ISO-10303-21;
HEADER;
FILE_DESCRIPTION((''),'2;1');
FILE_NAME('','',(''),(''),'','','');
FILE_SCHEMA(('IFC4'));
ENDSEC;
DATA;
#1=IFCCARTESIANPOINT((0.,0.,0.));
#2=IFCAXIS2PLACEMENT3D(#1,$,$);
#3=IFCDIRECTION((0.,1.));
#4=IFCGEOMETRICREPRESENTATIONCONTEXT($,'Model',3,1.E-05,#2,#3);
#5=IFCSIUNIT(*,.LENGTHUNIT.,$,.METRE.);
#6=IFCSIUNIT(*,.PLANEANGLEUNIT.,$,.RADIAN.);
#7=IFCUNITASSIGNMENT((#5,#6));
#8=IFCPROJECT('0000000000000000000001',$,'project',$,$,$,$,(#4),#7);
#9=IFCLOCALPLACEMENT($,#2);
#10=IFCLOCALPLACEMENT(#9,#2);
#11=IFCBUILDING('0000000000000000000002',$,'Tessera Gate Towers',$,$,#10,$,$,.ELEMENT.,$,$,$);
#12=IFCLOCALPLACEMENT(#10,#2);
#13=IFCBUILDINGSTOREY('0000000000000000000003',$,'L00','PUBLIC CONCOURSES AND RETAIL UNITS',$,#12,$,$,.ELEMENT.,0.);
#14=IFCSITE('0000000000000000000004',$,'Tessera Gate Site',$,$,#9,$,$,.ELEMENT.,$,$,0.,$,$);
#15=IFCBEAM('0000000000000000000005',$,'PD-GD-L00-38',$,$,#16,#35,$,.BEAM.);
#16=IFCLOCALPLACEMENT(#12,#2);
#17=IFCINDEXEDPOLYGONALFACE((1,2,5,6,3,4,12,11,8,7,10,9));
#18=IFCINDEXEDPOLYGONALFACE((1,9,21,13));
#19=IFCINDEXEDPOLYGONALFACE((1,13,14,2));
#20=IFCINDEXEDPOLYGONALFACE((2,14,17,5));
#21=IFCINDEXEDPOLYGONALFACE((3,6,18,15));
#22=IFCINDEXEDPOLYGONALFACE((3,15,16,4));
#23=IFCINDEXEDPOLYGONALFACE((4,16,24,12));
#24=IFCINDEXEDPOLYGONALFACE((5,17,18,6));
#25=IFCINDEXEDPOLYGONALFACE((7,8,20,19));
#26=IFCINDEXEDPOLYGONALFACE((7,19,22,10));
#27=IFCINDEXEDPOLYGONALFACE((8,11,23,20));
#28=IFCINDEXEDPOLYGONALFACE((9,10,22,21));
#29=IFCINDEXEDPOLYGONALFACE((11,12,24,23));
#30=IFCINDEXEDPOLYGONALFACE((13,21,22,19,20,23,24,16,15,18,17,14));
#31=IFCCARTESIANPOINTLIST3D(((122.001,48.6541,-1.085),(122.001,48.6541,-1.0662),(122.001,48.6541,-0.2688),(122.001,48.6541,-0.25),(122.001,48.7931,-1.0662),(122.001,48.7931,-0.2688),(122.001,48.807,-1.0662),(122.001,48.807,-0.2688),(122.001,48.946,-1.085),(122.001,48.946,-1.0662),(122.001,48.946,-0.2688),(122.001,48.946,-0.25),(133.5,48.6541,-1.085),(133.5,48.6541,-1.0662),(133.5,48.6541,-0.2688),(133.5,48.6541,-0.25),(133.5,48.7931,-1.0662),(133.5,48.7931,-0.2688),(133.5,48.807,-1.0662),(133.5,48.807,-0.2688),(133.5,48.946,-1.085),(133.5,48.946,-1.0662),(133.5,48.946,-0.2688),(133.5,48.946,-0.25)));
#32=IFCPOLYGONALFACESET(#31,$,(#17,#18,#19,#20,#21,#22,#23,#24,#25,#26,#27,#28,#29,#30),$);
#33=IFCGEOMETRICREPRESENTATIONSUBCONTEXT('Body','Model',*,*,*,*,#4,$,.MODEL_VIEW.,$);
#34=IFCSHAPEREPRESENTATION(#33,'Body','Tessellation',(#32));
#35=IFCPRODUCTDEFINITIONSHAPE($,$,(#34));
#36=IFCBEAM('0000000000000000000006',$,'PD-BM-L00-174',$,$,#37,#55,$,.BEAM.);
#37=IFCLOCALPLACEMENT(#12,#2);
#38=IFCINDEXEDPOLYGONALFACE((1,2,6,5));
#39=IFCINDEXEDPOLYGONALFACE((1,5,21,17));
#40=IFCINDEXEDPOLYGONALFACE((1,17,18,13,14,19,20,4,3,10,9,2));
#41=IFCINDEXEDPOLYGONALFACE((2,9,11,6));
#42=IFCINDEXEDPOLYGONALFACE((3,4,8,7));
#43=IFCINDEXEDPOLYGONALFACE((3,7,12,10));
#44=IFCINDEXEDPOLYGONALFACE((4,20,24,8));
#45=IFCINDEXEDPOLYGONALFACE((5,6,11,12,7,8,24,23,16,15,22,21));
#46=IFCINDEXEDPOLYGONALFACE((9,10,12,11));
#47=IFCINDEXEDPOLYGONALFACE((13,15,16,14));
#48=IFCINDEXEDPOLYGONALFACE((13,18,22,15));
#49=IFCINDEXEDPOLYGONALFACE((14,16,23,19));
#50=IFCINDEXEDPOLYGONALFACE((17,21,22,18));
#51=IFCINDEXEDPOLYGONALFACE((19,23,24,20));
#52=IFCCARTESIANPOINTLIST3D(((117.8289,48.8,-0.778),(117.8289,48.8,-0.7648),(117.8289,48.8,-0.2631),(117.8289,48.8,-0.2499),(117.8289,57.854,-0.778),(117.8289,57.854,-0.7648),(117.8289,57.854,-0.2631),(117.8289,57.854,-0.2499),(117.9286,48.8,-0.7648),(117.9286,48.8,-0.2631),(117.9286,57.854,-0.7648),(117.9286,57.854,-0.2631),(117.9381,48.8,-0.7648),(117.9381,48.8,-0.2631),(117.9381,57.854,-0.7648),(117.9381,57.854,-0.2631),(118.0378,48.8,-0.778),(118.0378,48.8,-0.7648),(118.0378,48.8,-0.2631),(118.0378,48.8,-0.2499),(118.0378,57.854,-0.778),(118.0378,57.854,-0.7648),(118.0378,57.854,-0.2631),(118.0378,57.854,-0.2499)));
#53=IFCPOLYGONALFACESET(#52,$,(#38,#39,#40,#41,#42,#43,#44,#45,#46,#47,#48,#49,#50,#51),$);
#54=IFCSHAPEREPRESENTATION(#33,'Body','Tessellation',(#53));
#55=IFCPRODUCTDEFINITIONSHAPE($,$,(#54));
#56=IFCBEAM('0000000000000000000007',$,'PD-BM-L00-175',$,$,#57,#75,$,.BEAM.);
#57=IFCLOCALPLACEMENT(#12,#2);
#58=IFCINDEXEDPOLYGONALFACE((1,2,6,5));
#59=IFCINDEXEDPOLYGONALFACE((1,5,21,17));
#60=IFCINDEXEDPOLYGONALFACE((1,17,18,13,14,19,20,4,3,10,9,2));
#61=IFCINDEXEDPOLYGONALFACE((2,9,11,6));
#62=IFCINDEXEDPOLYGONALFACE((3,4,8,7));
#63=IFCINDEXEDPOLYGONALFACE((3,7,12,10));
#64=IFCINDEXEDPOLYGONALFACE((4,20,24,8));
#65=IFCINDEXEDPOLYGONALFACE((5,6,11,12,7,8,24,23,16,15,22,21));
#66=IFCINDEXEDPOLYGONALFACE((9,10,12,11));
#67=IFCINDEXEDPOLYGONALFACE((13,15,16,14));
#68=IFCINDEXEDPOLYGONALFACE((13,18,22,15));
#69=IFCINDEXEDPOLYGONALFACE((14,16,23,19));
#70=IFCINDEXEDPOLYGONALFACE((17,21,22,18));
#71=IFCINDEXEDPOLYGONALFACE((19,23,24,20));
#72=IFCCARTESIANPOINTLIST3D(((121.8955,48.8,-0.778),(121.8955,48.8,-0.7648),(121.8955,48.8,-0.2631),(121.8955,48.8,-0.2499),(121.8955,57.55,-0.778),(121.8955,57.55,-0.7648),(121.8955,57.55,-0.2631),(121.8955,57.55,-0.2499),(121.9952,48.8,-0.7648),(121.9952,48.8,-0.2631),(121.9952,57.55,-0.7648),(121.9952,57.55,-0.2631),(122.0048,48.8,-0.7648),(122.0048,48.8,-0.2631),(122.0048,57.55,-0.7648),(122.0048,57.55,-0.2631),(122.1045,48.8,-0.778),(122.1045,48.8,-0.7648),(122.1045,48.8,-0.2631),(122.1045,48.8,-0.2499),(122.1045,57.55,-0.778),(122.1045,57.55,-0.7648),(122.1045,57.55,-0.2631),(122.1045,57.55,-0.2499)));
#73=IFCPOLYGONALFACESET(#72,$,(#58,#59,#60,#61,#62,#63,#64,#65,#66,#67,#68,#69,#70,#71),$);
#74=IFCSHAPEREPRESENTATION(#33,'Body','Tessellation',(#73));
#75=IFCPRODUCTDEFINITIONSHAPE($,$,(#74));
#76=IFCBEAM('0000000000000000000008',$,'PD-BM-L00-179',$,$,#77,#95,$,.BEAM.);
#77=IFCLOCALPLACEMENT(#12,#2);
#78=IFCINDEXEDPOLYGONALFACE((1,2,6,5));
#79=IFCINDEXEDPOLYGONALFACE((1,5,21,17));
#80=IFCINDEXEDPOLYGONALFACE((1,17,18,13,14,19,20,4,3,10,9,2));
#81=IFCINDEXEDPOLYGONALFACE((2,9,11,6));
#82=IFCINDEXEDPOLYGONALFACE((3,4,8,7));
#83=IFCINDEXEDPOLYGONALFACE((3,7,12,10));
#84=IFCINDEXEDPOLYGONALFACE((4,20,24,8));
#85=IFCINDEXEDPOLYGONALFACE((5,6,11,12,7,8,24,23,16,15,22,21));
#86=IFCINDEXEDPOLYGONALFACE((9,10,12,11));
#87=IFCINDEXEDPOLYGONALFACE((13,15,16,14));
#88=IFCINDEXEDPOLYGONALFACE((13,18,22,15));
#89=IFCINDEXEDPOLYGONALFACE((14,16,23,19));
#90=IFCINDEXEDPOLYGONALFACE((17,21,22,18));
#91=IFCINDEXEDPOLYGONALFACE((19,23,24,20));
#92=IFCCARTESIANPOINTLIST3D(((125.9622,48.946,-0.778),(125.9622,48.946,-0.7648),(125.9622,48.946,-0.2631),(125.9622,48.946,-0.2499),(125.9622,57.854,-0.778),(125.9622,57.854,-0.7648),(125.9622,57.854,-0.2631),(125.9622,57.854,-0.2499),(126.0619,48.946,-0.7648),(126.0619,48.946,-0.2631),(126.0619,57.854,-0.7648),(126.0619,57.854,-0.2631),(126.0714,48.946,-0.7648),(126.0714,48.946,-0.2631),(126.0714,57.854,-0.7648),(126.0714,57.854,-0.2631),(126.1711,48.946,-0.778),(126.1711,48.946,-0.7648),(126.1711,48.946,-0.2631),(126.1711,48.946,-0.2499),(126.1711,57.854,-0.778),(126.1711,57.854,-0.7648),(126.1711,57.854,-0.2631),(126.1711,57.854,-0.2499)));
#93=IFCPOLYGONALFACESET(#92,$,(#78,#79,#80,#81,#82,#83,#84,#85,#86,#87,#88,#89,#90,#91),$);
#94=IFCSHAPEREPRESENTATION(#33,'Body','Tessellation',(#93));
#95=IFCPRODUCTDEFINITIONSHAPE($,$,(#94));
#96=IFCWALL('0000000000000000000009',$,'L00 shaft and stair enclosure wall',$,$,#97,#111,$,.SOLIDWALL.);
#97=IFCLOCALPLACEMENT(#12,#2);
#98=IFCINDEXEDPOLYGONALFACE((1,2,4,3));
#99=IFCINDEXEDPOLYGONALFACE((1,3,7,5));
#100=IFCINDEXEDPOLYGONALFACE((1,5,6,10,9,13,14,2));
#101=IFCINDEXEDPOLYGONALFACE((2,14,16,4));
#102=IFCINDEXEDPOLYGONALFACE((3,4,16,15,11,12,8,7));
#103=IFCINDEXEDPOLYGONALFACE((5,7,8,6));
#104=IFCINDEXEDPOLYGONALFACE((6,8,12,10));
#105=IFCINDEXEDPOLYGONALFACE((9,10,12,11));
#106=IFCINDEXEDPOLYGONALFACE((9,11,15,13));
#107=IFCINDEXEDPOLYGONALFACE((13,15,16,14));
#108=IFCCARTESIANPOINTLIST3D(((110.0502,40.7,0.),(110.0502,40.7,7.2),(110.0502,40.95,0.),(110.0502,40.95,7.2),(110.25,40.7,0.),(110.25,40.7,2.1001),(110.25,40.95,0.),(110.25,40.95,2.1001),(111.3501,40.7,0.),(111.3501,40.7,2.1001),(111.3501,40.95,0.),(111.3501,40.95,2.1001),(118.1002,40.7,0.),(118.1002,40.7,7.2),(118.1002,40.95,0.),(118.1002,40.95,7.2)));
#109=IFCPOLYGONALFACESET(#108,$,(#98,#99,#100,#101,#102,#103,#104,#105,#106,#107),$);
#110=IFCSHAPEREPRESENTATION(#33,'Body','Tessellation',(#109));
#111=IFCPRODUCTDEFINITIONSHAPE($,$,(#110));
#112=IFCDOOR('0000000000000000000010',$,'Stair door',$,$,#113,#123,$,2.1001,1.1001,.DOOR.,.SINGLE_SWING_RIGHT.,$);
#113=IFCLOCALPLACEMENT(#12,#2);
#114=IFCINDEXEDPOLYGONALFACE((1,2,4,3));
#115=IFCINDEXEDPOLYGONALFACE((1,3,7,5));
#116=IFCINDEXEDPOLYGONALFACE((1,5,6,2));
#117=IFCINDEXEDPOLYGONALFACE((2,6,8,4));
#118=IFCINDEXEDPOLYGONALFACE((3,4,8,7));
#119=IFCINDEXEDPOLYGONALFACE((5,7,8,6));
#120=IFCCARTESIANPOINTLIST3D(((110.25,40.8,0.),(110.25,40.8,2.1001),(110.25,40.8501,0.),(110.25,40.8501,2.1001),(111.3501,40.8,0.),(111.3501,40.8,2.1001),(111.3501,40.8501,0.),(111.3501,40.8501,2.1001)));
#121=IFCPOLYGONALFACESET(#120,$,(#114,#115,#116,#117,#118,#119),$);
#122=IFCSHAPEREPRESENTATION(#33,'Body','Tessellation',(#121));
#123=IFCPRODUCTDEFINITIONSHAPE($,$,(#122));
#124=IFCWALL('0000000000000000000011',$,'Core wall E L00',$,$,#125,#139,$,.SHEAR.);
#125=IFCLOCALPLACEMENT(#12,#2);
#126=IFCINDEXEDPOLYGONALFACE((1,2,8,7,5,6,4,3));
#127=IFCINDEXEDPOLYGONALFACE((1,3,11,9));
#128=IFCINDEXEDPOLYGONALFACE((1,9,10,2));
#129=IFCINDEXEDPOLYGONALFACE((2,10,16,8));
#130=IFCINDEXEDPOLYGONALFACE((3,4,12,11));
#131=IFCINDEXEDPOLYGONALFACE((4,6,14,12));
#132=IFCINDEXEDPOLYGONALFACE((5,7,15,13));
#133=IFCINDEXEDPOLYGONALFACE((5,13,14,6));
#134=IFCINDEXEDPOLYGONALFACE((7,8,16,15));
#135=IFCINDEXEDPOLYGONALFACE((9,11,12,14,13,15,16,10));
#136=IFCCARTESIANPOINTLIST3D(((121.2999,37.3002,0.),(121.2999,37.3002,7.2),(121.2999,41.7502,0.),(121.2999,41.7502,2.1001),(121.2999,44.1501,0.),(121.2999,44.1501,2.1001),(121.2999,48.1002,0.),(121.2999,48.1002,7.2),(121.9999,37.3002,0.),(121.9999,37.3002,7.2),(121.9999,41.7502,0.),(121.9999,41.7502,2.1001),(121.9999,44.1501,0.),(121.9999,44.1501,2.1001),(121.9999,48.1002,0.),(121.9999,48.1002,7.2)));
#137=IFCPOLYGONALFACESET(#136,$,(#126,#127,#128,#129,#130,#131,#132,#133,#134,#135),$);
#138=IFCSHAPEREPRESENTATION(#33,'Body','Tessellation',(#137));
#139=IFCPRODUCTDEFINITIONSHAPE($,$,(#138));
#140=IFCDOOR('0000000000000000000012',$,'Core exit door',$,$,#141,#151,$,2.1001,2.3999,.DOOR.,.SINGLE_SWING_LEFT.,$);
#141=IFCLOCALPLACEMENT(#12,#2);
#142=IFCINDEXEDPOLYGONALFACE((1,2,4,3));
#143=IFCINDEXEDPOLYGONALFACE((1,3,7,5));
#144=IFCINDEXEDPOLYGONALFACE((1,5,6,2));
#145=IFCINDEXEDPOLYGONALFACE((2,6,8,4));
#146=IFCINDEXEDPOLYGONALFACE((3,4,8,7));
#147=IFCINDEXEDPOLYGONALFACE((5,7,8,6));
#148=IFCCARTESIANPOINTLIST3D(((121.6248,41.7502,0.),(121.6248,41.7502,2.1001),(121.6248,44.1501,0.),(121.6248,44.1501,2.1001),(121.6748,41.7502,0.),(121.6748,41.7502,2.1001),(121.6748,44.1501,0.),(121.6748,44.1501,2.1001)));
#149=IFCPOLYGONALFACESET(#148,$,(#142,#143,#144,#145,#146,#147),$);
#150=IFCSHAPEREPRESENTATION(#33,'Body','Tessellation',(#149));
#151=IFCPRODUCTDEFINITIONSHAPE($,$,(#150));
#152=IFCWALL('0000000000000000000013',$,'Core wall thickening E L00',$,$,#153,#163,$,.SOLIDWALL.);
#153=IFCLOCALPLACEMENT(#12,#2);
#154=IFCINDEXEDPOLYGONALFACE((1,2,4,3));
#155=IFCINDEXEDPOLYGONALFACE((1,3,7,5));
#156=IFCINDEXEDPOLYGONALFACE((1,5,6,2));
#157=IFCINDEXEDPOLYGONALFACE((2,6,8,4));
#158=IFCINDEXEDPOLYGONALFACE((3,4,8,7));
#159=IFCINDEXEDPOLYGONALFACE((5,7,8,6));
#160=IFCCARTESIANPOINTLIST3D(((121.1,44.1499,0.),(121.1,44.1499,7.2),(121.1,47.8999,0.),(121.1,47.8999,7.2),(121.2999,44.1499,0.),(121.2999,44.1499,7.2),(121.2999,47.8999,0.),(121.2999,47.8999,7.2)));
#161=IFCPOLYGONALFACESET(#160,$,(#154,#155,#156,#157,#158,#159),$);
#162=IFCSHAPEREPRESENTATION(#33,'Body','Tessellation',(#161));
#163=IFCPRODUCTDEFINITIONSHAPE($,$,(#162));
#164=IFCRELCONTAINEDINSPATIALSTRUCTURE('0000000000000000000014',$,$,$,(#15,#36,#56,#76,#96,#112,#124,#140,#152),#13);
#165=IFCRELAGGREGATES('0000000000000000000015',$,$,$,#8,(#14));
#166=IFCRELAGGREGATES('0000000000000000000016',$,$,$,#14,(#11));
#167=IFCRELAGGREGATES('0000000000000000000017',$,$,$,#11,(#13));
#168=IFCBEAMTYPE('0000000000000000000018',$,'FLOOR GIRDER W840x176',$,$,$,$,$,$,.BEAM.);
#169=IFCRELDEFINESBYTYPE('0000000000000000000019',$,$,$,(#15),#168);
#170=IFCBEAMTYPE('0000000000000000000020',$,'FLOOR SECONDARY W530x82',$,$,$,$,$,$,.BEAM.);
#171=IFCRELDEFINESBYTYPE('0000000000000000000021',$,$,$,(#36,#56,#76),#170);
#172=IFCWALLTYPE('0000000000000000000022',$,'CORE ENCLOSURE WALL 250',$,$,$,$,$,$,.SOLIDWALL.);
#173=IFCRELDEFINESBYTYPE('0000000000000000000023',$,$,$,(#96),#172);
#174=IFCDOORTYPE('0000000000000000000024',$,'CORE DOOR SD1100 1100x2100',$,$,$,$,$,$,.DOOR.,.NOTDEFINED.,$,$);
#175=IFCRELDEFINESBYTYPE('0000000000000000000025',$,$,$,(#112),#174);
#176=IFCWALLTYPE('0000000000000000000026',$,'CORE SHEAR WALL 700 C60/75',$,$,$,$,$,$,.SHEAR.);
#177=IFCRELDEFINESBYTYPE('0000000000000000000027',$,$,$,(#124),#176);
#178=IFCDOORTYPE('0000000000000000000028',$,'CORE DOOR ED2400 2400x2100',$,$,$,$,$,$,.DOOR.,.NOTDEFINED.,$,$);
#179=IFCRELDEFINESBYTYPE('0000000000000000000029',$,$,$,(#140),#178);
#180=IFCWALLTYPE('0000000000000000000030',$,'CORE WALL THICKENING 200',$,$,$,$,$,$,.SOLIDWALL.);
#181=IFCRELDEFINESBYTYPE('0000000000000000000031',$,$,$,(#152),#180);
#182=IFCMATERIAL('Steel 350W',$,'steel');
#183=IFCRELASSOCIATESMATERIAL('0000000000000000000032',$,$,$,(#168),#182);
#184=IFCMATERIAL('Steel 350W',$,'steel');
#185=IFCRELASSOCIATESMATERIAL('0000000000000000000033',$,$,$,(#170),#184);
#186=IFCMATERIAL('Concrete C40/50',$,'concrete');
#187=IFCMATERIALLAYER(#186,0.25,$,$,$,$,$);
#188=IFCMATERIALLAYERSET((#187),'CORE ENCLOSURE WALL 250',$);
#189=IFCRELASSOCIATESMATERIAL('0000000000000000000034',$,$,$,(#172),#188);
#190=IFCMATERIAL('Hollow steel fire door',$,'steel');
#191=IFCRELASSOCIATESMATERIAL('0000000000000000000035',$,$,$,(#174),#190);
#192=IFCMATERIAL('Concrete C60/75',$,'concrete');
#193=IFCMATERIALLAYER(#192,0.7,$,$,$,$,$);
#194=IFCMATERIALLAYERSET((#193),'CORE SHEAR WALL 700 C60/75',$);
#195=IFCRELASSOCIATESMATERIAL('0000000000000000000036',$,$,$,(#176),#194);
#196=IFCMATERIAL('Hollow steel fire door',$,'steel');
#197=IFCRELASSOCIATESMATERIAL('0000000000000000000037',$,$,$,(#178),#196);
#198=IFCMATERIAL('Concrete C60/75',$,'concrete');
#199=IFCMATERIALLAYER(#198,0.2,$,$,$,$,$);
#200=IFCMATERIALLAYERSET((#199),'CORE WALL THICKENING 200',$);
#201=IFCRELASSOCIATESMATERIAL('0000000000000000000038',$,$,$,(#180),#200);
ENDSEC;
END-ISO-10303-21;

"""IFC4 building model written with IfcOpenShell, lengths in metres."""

from ifc_helpers import new_model, si_unit, direction, frame, frame_2d, origin, origin_2d, place, context, subcontext, project, spatial, rectangle, i_section, extrude, source, transform, mapped, material, layer, layer_set, material_profile, profile_set, type_object, element, fill, save


model = new_model("IFC4")

# Units and contexts
model_context = context("Model", 3, precision=1e-05, world=origin(), true_north=direction((0.0, 1.0)))
body_context = subcontext(model_context, "Body", "Model", "MODEL_VIEW")
ifc_project = project(units=[si_unit("LENGTHUNIT", "METRE"), si_unit("PLANEANGLEUNIT", "RADIAN")], contexts=[model_context])

# Site, building, storey
site_placement = place(None, origin())
site = spatial("IfcSite", under=ifc_project, at=site_placement, Name="Tessera Gate Site", CompositionType="ELEMENT", RefElevation=0.0)
building_placement = place(site_placement, origin())
building = spatial("IfcBuilding", under=site, at=building_placement, Name="Tessera Gate Towers", CompositionType="ELEMENT")
storey_placement = place(building_placement, origin())
storey = spatial("IfcBuildingStorey", under=building, at=storey_placement, Name="L00", Description="PUBLIC CONCOURSES AND RETAIL UNITS", CompositionType="ELEMENT", Elevation=0.0)

# Beams
ifc_material_1 = material(Name="Steel 350W", Category="steel")
ifc_material_profile_1 = material_profile(ifc_material_1, i_section(OverallWidth=0.292, OverallDepth=0.835, WebThickness=0.0139, FlangeThickness=0.0188, at=origin_2d()), Name="W840x176")
ifc_profile_set_1 = profile_set([ifc_material_profile_1], Name="Steel 350W")
beam_type_1 = type_object("IfcBeamType", Name="FLOOR GIRDER W840x176", PredefinedType="BEAM", material=ifc_profile_set_1)
beam_1_placement = place(storey_placement, frame((122.001, 48.8, -0.6675), z_axis=(1.0, 0.0, 0.0), x_axis=(0.0, 1.0, 0.0)))
element("IfcBeam", 1, at=beam_1_placement, inside=storey, type_object=beam_type_1, Name="PD-GD-L00-38", PredefinedType="BEAM", context=body_context, shape_type="SweptSolid", body=[
    extrude(i_section(OverallWidth=0.292, OverallDepth=0.835, WebThickness=0.0139, FlangeThickness=0.0188, at=origin_2d()), origin(), (0.0, 0.0, 1.0), 11.499),
])
ifc_material_2 = material(Name="Steel 350W", Category="steel")
ifc_material_profile_2 = material_profile(ifc_material_2, i_section(OverallWidth=0.209, OverallDepth=0.5281, WebThickness=0.0095, FlangeThickness=0.0132, at=origin_2d()), Name="W530x82")
ifc_profile_set_2 = profile_set([ifc_material_profile_2], Name="Steel 350W")
beam_type_2 = type_object("IfcBeamType", Name="FLOOR SECONDARY W530x82", PredefinedType="BEAM", material=ifc_profile_set_2)
beam_2_placement = place(storey_placement, frame((117.9333, 48.8, -0.5139), z_axis=(0.0, 1.0, 0.0), x_axis=(-1.0, 0.0, 0.0)))
element("IfcBeam", 2, at=beam_2_placement, inside=storey, type_object=beam_type_2, Name="PD-BM-L00-174", PredefinedType="BEAM", context=body_context, shape_type="SweptSolid", body=[
    extrude(i_section(OverallWidth=0.209, OverallDepth=0.5281, WebThickness=0.0095, FlangeThickness=0.0132, at=origin_2d()), origin(), (0.0, 0.0, 1.0), 9.054),
])
beam_3_placement = place(storey_placement, frame((122.0, 48.8, -0.5139), z_axis=(0.0, 1.0, 0.0), x_axis=(-1.0, 0.0, 0.0)))
element("IfcBeam", 3, at=beam_3_placement, inside=storey, type_object=beam_type_2, Name="PD-BM-L00-175", PredefinedType="BEAM", context=body_context, shape_type="SweptSolid", body=[
    extrude(i_section(OverallWidth=0.209, OverallDepth=0.5281, WebThickness=0.0095, FlangeThickness=0.0132, at=origin_2d()), origin(), (0.0, 0.0, 1.0), 8.75),
])
beam_4_placement = place(storey_placement, frame((126.0667, 48.946, -0.5139), z_axis=(0.0, 1.0, 0.0), x_axis=(-1.0, 0.0, 0.0)))
element("IfcBeam", 4, at=beam_4_placement, inside=storey, type_object=beam_type_2, Name="PD-BM-L00-179", PredefinedType="BEAM", context=body_context, shape_type="SweptSolid", body=[
    extrude(i_section(OverallWidth=0.209, OverallDepth=0.5281, WebThickness=0.0095, FlangeThickness=0.0132, at=origin_2d()), origin(), (0.0, 0.0, 1.0), 8.908),
])

# Walls, openings, doors
ifc_material_3 = material(Name="Concrete C40/50", Category="concrete")
ifc_layer_1 = layer(ifc_material_3, 0.25)
ifc_layer_set_1 = layer_set([ifc_layer_1], Name="CORE ENCLOSURE WALL 250")
wall_type_1 = type_object("IfcWallType", Name="CORE ENCLOSURE WALL 250", PredefinedType="SOLIDWALL", material=ifc_layer_set_1)
wall_1_placement = place(storey_placement, frame((118.1001, 40.825, 0.0), z_axis=(0.0, 0.0, 1.0), x_axis=(-1.0, 0.0, 0.0)))
wall_1 = element("IfcWall", 5, at=wall_1_placement, inside=storey, type_object=wall_type_1, Name="L00 shaft and stair enclosure wall", PredefinedType="SOLIDWALL", context=body_context, shape_type="SweptSolid", body=[
    extrude(rectangle(XDim=8.05, YDim=0.25, at=frame_2d((4.0249, 0.0))), origin(), (0.0, 0.0, 1.0), 7.2),
])
shared_shape_1 = source(origin(), body_context, "Body", "SweptSolid", [
    extrude(rectangle(XDim=1.1001, YDim=2.1001, at=frame_2d((0.55, 1.05))), frame((0.0, 0.135, 0.0), z_axis=(0.0, -1.0, 0.0), x_axis=(1.0, 0.0, 0.0)), (0.0, 0.0, 1.0), 0.27),
])
opening_1_placement = place(wall_1_placement, frame((6.75, 0.0, 0.0)))
opening_1 = element("IfcOpeningElement", 6, at=opening_1_placement, cuts=wall_1, PredefinedType="OPENING", context=body_context, shape_type="MappedRepresentation", body=[
    mapped(shared_shape_1, transform((0.0, 0.0, 0.0), scale=1.0)),
])
ifc_material_4 = material(Name="Hollow steel fire door", Category="steel")
door_type_1 = type_object("IfcDoorType", Name="CORE DOOR SD1100 1100x2100", OperationType="NOTDEFINED", PredefinedType="DOOR", material=ifc_material_4)
shared_shape_2 = source(origin(), body_context, "Body", "SweptSolid", [
    extrude(rectangle(XDim=1.1001, YDim=2.1001, at=frame_2d((0.55, 1.05))), frame((0.0, 0.0249, 0.0), z_axis=(0.0, -1.0, 0.0), x_axis=(1.0, 0.0, 0.0)), (0.0, 0.0, 1.0), 0.05),
])
door_1_placement = place(opening_1_placement, origin())
door_1 = element("IfcDoor", 7, at=door_1_placement, inside=storey, type_object=door_type_1, Name="Stair door", OperationType="SINGLE_SWING_RIGHT", OverallHeight=2.1001, OverallWidth=1.1001, PredefinedType="DOOR", context=body_context, shape_type="MappedRepresentation", body=[
    mapped(shared_shape_2, transform((0.0, 0.0, 0.0), scale=1.0)),
])
fill(opening_1, door_1)
ifc_material_5 = material(Name="Concrete C60/75", Category="concrete")
ifc_layer_2 = layer(ifc_material_5, 0.7)
ifc_layer_set_2 = layer_set([ifc_layer_2], Name="CORE SHEAR WALL 700 C60/75")
wall_type_2 = type_object("IfcWallType", Name="CORE SHEAR WALL 700 C60/75", PredefinedType="SHEAR", material=ifc_layer_set_2)
wall_2_placement = place(storey_placement, frame((121.6499, 48.1001, 0.0), z_axis=(0.0, 0.0, 1.0), x_axis=(0.0, -1.0, 0.0)))
wall_2 = element("IfcWall", 8, at=wall_2_placement, inside=storey, type_object=wall_type_2, Name="Core wall E L00", PredefinedType="SHEAR", context=body_context, shape_type="SweptSolid", body=[
    extrude(rectangle(XDim=10.8, YDim=0.7, at=frame_2d((5.3999, 0.0))), origin(), (0.0, 0.0, 1.0), 7.2),
])
shared_shape_3 = source(origin(), body_context, "Body", "SweptSolid", [
    extrude(rectangle(XDim=2.3999, YDim=2.1001, at=frame_2d((1.2, 1.05))), frame((0.0, 0.3599, 0.0), z_axis=(0.0, -1.0, 0.0), x_axis=(1.0, 0.0, 0.0)), (0.0, 0.0, 1.0), 0.72),
])
opening_2_placement = place(wall_2_placement, frame((3.95, 0.0, 0.0)))
opening_2 = element("IfcOpeningElement", 9, at=opening_2_placement, cuts=wall_2, PredefinedType="OPENING", context=body_context, shape_type="MappedRepresentation", body=[
    mapped(shared_shape_3, transform((0.0, 0.0, 0.0), scale=1.0)),
])
ifc_material_6 = material(Name="Hollow steel fire door", Category="steel")
door_type_2 = type_object("IfcDoorType", Name="CORE DOOR ED2400 2400x2100", OperationType="NOTDEFINED", PredefinedType="DOOR", material=ifc_material_6)
shared_shape_4 = source(origin(), body_context, "Body", "SweptSolid", [
    extrude(rectangle(XDim=2.3999, YDim=2.1001, at=frame_2d((1.2, 1.05))), frame((0.0, 0.0249, 0.0), z_axis=(0.0, -1.0, 0.0), x_axis=(1.0, 0.0, 0.0)), (0.0, 0.0, 1.0), 0.05),
])
door_2_placement = place(opening_2_placement, origin())
door_2 = element("IfcDoor", 10, at=door_2_placement, inside=storey, type_object=door_type_2, Name="Core exit door", OperationType="SINGLE_SWING_LEFT", OverallHeight=2.1001, OverallWidth=2.3999, PredefinedType="DOOR", context=body_context, shape_type="MappedRepresentation", body=[
    mapped(shared_shape_4, transform((0.0, 0.0, 0.0), scale=1.0)),
])
fill(opening_2, door_2)

# Wall
ifc_material_7 = material(Name="Concrete C60/75", Category="concrete")
ifc_layer_3 = layer(ifc_material_7, 0.2)
ifc_layer_set_3 = layer_set([ifc_layer_3], Name="CORE WALL THICKENING 200")
wall_type_3 = type_object("IfcWallType", Name="CORE WALL THICKENING 200", PredefinedType="SOLIDWALL", material=ifc_layer_set_3)
wall_3_placement = place(storey_placement, frame((121.2, 44.1499, 0.0), z_axis=(0.0, 0.0, 1.0), x_axis=(0.0, 1.0, 0.0)))
element("IfcWall", 11, at=wall_3_placement, inside=storey, type_object=wall_type_3, Name="Core wall thickening E L00", PredefinedType="SOLIDWALL", context=body_context, shape_type="SweptSolid", body=[
    extrude(rectangle(XDim=3.75, YDim=0.2, at=frame_2d((1.875, 0.0))), origin(), (0.0, 0.0, 1.0), 7.2),
])

save(model, "model.ifc")
